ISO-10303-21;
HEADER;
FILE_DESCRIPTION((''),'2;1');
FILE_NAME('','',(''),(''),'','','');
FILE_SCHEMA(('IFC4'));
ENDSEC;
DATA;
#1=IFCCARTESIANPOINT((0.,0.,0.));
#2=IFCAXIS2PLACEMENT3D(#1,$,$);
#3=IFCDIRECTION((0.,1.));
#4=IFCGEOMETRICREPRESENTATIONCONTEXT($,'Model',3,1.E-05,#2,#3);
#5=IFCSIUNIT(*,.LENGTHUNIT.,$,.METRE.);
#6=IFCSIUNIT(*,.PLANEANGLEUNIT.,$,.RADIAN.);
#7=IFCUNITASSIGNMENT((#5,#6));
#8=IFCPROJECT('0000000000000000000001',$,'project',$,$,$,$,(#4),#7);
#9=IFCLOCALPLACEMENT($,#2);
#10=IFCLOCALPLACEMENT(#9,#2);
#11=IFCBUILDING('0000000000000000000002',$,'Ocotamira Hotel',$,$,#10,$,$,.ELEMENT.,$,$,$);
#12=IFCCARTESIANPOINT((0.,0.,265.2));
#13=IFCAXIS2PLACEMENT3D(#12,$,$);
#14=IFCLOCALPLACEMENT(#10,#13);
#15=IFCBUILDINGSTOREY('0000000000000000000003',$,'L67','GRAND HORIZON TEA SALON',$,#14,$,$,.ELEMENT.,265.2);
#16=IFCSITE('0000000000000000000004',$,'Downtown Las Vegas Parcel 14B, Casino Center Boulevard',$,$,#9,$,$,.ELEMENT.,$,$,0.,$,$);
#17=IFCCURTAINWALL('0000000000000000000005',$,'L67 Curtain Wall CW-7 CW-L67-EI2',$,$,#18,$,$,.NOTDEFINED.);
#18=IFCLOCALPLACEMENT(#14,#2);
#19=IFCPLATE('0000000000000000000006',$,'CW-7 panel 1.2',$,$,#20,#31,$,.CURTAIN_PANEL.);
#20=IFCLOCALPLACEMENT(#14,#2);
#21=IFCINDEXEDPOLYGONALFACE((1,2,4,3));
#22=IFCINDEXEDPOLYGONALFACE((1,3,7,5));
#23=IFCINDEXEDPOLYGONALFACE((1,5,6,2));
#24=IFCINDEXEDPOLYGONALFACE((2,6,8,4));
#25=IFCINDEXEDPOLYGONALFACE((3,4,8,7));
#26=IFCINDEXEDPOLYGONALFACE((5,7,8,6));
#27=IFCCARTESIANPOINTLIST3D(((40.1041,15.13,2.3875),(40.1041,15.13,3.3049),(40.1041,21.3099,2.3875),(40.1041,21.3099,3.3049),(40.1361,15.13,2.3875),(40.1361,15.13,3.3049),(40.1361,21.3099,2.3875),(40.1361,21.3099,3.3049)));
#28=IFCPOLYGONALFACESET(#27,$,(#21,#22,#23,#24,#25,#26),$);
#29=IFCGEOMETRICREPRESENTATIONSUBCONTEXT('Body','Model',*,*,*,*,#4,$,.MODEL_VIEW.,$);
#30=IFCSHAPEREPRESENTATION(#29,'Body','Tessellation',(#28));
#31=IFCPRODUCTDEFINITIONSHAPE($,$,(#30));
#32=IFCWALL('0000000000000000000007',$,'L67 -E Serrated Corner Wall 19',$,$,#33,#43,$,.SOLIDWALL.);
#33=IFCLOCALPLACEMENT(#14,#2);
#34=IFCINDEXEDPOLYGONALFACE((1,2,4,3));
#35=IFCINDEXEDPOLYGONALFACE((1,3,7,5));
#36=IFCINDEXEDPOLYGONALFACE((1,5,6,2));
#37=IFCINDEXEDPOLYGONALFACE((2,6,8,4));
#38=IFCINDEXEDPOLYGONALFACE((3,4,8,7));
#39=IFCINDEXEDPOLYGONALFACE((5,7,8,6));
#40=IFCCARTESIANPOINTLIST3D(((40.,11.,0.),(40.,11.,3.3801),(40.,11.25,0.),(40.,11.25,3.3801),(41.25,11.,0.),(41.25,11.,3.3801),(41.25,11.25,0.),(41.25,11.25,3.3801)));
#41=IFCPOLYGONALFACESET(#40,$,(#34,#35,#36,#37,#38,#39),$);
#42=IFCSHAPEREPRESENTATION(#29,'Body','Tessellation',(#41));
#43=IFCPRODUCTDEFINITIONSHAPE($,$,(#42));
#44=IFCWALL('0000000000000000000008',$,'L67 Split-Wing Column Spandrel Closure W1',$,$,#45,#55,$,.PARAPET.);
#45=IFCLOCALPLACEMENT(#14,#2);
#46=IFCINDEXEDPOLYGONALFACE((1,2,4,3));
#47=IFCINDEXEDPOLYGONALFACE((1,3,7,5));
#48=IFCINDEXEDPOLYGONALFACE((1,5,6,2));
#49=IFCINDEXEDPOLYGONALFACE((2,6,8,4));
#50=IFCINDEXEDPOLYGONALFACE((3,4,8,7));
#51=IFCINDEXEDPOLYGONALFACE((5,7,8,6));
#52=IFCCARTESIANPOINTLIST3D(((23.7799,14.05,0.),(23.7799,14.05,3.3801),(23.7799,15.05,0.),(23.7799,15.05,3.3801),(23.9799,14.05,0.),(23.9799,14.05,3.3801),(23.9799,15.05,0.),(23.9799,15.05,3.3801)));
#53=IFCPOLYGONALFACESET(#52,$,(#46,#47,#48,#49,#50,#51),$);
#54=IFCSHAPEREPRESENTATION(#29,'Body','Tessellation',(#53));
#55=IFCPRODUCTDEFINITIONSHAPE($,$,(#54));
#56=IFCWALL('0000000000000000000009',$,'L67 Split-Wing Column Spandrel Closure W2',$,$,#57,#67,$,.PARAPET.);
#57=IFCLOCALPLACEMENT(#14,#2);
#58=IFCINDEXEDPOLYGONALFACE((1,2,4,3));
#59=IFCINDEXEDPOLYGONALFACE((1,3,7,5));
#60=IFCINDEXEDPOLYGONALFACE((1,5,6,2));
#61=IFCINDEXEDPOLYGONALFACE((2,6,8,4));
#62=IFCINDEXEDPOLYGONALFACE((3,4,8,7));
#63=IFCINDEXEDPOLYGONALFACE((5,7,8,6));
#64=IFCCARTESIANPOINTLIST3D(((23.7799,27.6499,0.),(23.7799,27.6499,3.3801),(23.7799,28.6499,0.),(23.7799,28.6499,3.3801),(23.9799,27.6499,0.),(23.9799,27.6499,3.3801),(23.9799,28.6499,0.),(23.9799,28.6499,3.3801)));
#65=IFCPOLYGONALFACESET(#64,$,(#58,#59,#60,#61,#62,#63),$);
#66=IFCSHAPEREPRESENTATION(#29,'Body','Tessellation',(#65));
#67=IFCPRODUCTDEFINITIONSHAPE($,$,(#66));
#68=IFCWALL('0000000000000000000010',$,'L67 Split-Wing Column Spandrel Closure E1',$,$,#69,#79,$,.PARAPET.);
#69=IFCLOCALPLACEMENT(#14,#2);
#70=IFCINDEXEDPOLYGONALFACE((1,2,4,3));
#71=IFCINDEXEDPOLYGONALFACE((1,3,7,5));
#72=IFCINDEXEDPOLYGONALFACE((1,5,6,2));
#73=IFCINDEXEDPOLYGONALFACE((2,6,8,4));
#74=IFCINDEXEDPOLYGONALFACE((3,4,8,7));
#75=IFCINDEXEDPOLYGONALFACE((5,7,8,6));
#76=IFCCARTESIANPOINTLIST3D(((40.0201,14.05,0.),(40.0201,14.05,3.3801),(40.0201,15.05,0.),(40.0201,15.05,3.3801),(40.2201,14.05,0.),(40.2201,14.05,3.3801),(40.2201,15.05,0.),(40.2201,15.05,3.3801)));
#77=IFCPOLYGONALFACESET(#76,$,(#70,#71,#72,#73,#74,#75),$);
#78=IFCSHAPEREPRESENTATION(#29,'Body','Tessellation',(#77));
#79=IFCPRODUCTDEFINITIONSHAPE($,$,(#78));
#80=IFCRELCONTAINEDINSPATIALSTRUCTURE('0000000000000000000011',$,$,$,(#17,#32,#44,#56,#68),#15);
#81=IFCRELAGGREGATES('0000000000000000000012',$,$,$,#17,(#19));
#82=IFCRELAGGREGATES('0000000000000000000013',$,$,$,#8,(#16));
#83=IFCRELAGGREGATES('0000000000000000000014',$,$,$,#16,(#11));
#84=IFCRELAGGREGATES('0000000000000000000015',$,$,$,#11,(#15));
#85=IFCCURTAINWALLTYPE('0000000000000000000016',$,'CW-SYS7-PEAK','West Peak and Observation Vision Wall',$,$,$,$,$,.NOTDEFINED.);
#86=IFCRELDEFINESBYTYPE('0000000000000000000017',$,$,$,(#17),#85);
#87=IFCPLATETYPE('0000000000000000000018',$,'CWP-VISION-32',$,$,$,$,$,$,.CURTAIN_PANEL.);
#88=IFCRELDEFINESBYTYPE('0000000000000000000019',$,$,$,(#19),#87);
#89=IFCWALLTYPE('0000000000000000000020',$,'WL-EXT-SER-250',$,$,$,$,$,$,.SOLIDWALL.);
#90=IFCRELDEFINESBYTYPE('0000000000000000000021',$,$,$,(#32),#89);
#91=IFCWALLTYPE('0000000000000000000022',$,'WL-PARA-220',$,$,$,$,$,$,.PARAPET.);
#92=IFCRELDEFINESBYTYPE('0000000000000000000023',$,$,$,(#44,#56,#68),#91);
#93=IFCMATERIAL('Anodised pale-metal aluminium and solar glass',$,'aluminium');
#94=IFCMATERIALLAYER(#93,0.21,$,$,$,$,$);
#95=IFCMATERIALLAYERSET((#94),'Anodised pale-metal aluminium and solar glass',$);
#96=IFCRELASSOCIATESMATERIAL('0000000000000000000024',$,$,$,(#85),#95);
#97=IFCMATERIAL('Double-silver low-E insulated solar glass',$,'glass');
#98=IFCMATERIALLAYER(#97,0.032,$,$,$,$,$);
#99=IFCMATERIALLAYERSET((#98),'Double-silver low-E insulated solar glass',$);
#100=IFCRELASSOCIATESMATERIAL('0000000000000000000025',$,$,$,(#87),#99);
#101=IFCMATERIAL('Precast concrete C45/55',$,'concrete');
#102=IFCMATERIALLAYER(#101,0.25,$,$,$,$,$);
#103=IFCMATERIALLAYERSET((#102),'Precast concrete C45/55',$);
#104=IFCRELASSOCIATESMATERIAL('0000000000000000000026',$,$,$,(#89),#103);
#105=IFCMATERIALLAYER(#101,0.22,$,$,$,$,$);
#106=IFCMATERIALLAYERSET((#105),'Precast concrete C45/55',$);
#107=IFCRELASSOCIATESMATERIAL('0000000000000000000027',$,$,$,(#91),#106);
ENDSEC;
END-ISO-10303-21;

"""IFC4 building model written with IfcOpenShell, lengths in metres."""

from ifc_helpers import new_model, si_unit, direction, frame, frame_2d, origin, origin_2d, place, context, subcontext, project, spatial, rectangle, extrude, source, transform, mapped, material, layer, layer_set, type_object, element, aggregate, save


model = new_model("IFC4")

# Units and contexts
model_context = context("Model", 3, precision=1e-05, world=origin(), true_north=direction((0.0, 1.0)))
body_context = subcontext(model_context, "Body", "Model", "MODEL_VIEW")
ifc_project = project(units=[si_unit("LENGTHUNIT", "METRE"), si_unit("PLANEANGLEUNIT", "RADIAN")], contexts=[model_context])

# Site, building, storey
site_placement = place(None, origin())
site = spatial("IfcSite", under=ifc_project, at=site_placement, Name="Downtown Las Vegas Parcel 14B, Casino Center Boulevard", CompositionType="ELEMENT", RefElevation=0.0)
building_placement = place(site_placement, origin())
building = spatial("IfcBuilding", under=site, at=building_placement, Name="Ocotamira Hotel", CompositionType="ELEMENT")
storey_placement = place(building_placement, frame((0.0, 0.0, 265.2)))
storey = spatial("IfcBuildingStorey", under=building, at=storey_placement, Name="L67", Description="GRAND HORIZON TEA SALON", CompositionType="ELEMENT", Elevation=265.2)

# Curtain wall
ifc_material_1 = material(Name="Anodised pale-metal aluminium and solar glass", Category="aluminium")
ifc_layer_1 = layer(ifc_material_1, 0.21)
ifc_layer_set_1 = layer_set([ifc_layer_1], Name="Anodised pale-metal aluminium and solar glass")
curtain_wall_type = type_object("IfcCurtainWallType", Name="CW-SYS7-PEAK", Description="West Peak and Observation Vision Wall", PredefinedType="NOTDEFINED", material=ifc_layer_set_1)
curtain_wall_1_placement = place(storey_placement, origin())
curtain_wall_1 = element("IfcCurtainWall", 1, at=curtain_wall_1_placement, inside=storey, type_object=curtain_wall_type, Name="L67 Curtain Wall CW-7 CW-L67-EI2", PredefinedType="NOTDEFINED")

# Plate
ifc_material_2 = material(Name="Double-silver low-E insulated solar glass", Category="glass")
ifc_layer_2 = layer(ifc_material_2, 0.032)
ifc_layer_set_2 = layer_set([ifc_layer_2], Name="Double-silver low-E insulated solar glass")
plate_type = type_object("IfcPlateType", Name="CWP-VISION-32", PredefinedType="CURTAIN_PANEL", material=ifc_layer_set_2)
shared_shape_1 = source(origin(), body_context, "Body", "SweptSolid", [
    extrude(rectangle(XDim=6.1799, YDim=0.032, at=origin_2d()), origin(), (0.0, 0.0, 1.0), 0.9175),
])
plate_1_placement = place(storey_placement, frame((40.1201, 18.22, 2.3875), z_axis=(0.0, 0.0, 1.0), x_axis=(0.0, 1.0, 0.0)))
plate_1 = element("IfcPlate", 2, at=plate_1_placement, type_object=plate_type, Name="CW-7 panel 1.2", PredefinedType="CURTAIN_PANEL", context=body_context, shape_type="MappedRepresentation", body=[
    mapped(shared_shape_1, transform((0.0, 0.0, 0.0), scale=1.0)),
])
aggregate(curtain_wall_1, [plate_1])

# Walls
ifc_material_3 = material(Name="Precast concrete C45/55", Category="concrete")
ifc_layer_3 = layer(ifc_material_3, 0.25)
ifc_layer_set_3 = layer_set([ifc_layer_3], Name="Precast concrete C45/55")
wall_type_1 = type_object("IfcWallType", Name="WL-EXT-SER-250", PredefinedType="SOLIDWALL", material=ifc_layer_set_3)
wall_placement = place(storey_placement, frame((40.0, 11.125, 0.0), z_axis=(0.0, 0.0, 1.0), x_axis=(1.0, 0.0, 0.0)))
element("IfcWall", 3, at=wall_placement, inside=storey, type_object=wall_type_1, Name="L67 -E Serrated Corner Wall 19", PredefinedType="SOLIDWALL", context=body_context, shape_type="SweptSolid", body=[
    extrude(rectangle(XDim=1.25, YDim=0.25, at=frame_2d((0.625, 0.0))), origin(), (0.0, 0.0, 1.0), 3.3801),
])
ifc_layer_4 = layer(ifc_material_3, 0.22)
ifc_layer_set_4 = layer_set([ifc_layer_4], Name="Precast concrete C45/55")
wall_type_2 = type_object("IfcWallType", Name="WL-PARA-220", PredefinedType="PARAPET", material=ifc_layer_set_4)
for number, where, z_axis, x_axis, name in (
    (4, (23.8799, 14.05, 0.0), (0.0, 0.0, 1.0), (0.0, 1.0, 0.0), "L67 Split-Wing Column Spandrel Closure W1"),
    (5, (23.8799, 27.6499, 0.0), (0.0, 0.0, 1.0), (0.0, 1.0, 0.0), "L67 Split-Wing Column Spandrel Closure W2"),
    (6, (40.1201, 14.05, 0.0), (0.0, 0.0, 1.0), (0.0, 1.0, 0.0), "L67 Split-Wing Column Spandrel Closure E1"),
):
    element("IfcWall", number, at=place(storey_placement, frame(where, z_axis=z_axis, x_axis=x_axis)), inside=storey, type_object=wall_type_2, Name=name, PredefinedType="PARAPET", context=body_context, shape_type="SweptSolid", body=[
        extrude(rectangle(XDim=1.0, YDim=0.2, at=frame_2d((0.5, 0.0))), origin(), (0.0, 0.0, 1.0), 3.3801),
    ])

save(model, "model.ifc")
